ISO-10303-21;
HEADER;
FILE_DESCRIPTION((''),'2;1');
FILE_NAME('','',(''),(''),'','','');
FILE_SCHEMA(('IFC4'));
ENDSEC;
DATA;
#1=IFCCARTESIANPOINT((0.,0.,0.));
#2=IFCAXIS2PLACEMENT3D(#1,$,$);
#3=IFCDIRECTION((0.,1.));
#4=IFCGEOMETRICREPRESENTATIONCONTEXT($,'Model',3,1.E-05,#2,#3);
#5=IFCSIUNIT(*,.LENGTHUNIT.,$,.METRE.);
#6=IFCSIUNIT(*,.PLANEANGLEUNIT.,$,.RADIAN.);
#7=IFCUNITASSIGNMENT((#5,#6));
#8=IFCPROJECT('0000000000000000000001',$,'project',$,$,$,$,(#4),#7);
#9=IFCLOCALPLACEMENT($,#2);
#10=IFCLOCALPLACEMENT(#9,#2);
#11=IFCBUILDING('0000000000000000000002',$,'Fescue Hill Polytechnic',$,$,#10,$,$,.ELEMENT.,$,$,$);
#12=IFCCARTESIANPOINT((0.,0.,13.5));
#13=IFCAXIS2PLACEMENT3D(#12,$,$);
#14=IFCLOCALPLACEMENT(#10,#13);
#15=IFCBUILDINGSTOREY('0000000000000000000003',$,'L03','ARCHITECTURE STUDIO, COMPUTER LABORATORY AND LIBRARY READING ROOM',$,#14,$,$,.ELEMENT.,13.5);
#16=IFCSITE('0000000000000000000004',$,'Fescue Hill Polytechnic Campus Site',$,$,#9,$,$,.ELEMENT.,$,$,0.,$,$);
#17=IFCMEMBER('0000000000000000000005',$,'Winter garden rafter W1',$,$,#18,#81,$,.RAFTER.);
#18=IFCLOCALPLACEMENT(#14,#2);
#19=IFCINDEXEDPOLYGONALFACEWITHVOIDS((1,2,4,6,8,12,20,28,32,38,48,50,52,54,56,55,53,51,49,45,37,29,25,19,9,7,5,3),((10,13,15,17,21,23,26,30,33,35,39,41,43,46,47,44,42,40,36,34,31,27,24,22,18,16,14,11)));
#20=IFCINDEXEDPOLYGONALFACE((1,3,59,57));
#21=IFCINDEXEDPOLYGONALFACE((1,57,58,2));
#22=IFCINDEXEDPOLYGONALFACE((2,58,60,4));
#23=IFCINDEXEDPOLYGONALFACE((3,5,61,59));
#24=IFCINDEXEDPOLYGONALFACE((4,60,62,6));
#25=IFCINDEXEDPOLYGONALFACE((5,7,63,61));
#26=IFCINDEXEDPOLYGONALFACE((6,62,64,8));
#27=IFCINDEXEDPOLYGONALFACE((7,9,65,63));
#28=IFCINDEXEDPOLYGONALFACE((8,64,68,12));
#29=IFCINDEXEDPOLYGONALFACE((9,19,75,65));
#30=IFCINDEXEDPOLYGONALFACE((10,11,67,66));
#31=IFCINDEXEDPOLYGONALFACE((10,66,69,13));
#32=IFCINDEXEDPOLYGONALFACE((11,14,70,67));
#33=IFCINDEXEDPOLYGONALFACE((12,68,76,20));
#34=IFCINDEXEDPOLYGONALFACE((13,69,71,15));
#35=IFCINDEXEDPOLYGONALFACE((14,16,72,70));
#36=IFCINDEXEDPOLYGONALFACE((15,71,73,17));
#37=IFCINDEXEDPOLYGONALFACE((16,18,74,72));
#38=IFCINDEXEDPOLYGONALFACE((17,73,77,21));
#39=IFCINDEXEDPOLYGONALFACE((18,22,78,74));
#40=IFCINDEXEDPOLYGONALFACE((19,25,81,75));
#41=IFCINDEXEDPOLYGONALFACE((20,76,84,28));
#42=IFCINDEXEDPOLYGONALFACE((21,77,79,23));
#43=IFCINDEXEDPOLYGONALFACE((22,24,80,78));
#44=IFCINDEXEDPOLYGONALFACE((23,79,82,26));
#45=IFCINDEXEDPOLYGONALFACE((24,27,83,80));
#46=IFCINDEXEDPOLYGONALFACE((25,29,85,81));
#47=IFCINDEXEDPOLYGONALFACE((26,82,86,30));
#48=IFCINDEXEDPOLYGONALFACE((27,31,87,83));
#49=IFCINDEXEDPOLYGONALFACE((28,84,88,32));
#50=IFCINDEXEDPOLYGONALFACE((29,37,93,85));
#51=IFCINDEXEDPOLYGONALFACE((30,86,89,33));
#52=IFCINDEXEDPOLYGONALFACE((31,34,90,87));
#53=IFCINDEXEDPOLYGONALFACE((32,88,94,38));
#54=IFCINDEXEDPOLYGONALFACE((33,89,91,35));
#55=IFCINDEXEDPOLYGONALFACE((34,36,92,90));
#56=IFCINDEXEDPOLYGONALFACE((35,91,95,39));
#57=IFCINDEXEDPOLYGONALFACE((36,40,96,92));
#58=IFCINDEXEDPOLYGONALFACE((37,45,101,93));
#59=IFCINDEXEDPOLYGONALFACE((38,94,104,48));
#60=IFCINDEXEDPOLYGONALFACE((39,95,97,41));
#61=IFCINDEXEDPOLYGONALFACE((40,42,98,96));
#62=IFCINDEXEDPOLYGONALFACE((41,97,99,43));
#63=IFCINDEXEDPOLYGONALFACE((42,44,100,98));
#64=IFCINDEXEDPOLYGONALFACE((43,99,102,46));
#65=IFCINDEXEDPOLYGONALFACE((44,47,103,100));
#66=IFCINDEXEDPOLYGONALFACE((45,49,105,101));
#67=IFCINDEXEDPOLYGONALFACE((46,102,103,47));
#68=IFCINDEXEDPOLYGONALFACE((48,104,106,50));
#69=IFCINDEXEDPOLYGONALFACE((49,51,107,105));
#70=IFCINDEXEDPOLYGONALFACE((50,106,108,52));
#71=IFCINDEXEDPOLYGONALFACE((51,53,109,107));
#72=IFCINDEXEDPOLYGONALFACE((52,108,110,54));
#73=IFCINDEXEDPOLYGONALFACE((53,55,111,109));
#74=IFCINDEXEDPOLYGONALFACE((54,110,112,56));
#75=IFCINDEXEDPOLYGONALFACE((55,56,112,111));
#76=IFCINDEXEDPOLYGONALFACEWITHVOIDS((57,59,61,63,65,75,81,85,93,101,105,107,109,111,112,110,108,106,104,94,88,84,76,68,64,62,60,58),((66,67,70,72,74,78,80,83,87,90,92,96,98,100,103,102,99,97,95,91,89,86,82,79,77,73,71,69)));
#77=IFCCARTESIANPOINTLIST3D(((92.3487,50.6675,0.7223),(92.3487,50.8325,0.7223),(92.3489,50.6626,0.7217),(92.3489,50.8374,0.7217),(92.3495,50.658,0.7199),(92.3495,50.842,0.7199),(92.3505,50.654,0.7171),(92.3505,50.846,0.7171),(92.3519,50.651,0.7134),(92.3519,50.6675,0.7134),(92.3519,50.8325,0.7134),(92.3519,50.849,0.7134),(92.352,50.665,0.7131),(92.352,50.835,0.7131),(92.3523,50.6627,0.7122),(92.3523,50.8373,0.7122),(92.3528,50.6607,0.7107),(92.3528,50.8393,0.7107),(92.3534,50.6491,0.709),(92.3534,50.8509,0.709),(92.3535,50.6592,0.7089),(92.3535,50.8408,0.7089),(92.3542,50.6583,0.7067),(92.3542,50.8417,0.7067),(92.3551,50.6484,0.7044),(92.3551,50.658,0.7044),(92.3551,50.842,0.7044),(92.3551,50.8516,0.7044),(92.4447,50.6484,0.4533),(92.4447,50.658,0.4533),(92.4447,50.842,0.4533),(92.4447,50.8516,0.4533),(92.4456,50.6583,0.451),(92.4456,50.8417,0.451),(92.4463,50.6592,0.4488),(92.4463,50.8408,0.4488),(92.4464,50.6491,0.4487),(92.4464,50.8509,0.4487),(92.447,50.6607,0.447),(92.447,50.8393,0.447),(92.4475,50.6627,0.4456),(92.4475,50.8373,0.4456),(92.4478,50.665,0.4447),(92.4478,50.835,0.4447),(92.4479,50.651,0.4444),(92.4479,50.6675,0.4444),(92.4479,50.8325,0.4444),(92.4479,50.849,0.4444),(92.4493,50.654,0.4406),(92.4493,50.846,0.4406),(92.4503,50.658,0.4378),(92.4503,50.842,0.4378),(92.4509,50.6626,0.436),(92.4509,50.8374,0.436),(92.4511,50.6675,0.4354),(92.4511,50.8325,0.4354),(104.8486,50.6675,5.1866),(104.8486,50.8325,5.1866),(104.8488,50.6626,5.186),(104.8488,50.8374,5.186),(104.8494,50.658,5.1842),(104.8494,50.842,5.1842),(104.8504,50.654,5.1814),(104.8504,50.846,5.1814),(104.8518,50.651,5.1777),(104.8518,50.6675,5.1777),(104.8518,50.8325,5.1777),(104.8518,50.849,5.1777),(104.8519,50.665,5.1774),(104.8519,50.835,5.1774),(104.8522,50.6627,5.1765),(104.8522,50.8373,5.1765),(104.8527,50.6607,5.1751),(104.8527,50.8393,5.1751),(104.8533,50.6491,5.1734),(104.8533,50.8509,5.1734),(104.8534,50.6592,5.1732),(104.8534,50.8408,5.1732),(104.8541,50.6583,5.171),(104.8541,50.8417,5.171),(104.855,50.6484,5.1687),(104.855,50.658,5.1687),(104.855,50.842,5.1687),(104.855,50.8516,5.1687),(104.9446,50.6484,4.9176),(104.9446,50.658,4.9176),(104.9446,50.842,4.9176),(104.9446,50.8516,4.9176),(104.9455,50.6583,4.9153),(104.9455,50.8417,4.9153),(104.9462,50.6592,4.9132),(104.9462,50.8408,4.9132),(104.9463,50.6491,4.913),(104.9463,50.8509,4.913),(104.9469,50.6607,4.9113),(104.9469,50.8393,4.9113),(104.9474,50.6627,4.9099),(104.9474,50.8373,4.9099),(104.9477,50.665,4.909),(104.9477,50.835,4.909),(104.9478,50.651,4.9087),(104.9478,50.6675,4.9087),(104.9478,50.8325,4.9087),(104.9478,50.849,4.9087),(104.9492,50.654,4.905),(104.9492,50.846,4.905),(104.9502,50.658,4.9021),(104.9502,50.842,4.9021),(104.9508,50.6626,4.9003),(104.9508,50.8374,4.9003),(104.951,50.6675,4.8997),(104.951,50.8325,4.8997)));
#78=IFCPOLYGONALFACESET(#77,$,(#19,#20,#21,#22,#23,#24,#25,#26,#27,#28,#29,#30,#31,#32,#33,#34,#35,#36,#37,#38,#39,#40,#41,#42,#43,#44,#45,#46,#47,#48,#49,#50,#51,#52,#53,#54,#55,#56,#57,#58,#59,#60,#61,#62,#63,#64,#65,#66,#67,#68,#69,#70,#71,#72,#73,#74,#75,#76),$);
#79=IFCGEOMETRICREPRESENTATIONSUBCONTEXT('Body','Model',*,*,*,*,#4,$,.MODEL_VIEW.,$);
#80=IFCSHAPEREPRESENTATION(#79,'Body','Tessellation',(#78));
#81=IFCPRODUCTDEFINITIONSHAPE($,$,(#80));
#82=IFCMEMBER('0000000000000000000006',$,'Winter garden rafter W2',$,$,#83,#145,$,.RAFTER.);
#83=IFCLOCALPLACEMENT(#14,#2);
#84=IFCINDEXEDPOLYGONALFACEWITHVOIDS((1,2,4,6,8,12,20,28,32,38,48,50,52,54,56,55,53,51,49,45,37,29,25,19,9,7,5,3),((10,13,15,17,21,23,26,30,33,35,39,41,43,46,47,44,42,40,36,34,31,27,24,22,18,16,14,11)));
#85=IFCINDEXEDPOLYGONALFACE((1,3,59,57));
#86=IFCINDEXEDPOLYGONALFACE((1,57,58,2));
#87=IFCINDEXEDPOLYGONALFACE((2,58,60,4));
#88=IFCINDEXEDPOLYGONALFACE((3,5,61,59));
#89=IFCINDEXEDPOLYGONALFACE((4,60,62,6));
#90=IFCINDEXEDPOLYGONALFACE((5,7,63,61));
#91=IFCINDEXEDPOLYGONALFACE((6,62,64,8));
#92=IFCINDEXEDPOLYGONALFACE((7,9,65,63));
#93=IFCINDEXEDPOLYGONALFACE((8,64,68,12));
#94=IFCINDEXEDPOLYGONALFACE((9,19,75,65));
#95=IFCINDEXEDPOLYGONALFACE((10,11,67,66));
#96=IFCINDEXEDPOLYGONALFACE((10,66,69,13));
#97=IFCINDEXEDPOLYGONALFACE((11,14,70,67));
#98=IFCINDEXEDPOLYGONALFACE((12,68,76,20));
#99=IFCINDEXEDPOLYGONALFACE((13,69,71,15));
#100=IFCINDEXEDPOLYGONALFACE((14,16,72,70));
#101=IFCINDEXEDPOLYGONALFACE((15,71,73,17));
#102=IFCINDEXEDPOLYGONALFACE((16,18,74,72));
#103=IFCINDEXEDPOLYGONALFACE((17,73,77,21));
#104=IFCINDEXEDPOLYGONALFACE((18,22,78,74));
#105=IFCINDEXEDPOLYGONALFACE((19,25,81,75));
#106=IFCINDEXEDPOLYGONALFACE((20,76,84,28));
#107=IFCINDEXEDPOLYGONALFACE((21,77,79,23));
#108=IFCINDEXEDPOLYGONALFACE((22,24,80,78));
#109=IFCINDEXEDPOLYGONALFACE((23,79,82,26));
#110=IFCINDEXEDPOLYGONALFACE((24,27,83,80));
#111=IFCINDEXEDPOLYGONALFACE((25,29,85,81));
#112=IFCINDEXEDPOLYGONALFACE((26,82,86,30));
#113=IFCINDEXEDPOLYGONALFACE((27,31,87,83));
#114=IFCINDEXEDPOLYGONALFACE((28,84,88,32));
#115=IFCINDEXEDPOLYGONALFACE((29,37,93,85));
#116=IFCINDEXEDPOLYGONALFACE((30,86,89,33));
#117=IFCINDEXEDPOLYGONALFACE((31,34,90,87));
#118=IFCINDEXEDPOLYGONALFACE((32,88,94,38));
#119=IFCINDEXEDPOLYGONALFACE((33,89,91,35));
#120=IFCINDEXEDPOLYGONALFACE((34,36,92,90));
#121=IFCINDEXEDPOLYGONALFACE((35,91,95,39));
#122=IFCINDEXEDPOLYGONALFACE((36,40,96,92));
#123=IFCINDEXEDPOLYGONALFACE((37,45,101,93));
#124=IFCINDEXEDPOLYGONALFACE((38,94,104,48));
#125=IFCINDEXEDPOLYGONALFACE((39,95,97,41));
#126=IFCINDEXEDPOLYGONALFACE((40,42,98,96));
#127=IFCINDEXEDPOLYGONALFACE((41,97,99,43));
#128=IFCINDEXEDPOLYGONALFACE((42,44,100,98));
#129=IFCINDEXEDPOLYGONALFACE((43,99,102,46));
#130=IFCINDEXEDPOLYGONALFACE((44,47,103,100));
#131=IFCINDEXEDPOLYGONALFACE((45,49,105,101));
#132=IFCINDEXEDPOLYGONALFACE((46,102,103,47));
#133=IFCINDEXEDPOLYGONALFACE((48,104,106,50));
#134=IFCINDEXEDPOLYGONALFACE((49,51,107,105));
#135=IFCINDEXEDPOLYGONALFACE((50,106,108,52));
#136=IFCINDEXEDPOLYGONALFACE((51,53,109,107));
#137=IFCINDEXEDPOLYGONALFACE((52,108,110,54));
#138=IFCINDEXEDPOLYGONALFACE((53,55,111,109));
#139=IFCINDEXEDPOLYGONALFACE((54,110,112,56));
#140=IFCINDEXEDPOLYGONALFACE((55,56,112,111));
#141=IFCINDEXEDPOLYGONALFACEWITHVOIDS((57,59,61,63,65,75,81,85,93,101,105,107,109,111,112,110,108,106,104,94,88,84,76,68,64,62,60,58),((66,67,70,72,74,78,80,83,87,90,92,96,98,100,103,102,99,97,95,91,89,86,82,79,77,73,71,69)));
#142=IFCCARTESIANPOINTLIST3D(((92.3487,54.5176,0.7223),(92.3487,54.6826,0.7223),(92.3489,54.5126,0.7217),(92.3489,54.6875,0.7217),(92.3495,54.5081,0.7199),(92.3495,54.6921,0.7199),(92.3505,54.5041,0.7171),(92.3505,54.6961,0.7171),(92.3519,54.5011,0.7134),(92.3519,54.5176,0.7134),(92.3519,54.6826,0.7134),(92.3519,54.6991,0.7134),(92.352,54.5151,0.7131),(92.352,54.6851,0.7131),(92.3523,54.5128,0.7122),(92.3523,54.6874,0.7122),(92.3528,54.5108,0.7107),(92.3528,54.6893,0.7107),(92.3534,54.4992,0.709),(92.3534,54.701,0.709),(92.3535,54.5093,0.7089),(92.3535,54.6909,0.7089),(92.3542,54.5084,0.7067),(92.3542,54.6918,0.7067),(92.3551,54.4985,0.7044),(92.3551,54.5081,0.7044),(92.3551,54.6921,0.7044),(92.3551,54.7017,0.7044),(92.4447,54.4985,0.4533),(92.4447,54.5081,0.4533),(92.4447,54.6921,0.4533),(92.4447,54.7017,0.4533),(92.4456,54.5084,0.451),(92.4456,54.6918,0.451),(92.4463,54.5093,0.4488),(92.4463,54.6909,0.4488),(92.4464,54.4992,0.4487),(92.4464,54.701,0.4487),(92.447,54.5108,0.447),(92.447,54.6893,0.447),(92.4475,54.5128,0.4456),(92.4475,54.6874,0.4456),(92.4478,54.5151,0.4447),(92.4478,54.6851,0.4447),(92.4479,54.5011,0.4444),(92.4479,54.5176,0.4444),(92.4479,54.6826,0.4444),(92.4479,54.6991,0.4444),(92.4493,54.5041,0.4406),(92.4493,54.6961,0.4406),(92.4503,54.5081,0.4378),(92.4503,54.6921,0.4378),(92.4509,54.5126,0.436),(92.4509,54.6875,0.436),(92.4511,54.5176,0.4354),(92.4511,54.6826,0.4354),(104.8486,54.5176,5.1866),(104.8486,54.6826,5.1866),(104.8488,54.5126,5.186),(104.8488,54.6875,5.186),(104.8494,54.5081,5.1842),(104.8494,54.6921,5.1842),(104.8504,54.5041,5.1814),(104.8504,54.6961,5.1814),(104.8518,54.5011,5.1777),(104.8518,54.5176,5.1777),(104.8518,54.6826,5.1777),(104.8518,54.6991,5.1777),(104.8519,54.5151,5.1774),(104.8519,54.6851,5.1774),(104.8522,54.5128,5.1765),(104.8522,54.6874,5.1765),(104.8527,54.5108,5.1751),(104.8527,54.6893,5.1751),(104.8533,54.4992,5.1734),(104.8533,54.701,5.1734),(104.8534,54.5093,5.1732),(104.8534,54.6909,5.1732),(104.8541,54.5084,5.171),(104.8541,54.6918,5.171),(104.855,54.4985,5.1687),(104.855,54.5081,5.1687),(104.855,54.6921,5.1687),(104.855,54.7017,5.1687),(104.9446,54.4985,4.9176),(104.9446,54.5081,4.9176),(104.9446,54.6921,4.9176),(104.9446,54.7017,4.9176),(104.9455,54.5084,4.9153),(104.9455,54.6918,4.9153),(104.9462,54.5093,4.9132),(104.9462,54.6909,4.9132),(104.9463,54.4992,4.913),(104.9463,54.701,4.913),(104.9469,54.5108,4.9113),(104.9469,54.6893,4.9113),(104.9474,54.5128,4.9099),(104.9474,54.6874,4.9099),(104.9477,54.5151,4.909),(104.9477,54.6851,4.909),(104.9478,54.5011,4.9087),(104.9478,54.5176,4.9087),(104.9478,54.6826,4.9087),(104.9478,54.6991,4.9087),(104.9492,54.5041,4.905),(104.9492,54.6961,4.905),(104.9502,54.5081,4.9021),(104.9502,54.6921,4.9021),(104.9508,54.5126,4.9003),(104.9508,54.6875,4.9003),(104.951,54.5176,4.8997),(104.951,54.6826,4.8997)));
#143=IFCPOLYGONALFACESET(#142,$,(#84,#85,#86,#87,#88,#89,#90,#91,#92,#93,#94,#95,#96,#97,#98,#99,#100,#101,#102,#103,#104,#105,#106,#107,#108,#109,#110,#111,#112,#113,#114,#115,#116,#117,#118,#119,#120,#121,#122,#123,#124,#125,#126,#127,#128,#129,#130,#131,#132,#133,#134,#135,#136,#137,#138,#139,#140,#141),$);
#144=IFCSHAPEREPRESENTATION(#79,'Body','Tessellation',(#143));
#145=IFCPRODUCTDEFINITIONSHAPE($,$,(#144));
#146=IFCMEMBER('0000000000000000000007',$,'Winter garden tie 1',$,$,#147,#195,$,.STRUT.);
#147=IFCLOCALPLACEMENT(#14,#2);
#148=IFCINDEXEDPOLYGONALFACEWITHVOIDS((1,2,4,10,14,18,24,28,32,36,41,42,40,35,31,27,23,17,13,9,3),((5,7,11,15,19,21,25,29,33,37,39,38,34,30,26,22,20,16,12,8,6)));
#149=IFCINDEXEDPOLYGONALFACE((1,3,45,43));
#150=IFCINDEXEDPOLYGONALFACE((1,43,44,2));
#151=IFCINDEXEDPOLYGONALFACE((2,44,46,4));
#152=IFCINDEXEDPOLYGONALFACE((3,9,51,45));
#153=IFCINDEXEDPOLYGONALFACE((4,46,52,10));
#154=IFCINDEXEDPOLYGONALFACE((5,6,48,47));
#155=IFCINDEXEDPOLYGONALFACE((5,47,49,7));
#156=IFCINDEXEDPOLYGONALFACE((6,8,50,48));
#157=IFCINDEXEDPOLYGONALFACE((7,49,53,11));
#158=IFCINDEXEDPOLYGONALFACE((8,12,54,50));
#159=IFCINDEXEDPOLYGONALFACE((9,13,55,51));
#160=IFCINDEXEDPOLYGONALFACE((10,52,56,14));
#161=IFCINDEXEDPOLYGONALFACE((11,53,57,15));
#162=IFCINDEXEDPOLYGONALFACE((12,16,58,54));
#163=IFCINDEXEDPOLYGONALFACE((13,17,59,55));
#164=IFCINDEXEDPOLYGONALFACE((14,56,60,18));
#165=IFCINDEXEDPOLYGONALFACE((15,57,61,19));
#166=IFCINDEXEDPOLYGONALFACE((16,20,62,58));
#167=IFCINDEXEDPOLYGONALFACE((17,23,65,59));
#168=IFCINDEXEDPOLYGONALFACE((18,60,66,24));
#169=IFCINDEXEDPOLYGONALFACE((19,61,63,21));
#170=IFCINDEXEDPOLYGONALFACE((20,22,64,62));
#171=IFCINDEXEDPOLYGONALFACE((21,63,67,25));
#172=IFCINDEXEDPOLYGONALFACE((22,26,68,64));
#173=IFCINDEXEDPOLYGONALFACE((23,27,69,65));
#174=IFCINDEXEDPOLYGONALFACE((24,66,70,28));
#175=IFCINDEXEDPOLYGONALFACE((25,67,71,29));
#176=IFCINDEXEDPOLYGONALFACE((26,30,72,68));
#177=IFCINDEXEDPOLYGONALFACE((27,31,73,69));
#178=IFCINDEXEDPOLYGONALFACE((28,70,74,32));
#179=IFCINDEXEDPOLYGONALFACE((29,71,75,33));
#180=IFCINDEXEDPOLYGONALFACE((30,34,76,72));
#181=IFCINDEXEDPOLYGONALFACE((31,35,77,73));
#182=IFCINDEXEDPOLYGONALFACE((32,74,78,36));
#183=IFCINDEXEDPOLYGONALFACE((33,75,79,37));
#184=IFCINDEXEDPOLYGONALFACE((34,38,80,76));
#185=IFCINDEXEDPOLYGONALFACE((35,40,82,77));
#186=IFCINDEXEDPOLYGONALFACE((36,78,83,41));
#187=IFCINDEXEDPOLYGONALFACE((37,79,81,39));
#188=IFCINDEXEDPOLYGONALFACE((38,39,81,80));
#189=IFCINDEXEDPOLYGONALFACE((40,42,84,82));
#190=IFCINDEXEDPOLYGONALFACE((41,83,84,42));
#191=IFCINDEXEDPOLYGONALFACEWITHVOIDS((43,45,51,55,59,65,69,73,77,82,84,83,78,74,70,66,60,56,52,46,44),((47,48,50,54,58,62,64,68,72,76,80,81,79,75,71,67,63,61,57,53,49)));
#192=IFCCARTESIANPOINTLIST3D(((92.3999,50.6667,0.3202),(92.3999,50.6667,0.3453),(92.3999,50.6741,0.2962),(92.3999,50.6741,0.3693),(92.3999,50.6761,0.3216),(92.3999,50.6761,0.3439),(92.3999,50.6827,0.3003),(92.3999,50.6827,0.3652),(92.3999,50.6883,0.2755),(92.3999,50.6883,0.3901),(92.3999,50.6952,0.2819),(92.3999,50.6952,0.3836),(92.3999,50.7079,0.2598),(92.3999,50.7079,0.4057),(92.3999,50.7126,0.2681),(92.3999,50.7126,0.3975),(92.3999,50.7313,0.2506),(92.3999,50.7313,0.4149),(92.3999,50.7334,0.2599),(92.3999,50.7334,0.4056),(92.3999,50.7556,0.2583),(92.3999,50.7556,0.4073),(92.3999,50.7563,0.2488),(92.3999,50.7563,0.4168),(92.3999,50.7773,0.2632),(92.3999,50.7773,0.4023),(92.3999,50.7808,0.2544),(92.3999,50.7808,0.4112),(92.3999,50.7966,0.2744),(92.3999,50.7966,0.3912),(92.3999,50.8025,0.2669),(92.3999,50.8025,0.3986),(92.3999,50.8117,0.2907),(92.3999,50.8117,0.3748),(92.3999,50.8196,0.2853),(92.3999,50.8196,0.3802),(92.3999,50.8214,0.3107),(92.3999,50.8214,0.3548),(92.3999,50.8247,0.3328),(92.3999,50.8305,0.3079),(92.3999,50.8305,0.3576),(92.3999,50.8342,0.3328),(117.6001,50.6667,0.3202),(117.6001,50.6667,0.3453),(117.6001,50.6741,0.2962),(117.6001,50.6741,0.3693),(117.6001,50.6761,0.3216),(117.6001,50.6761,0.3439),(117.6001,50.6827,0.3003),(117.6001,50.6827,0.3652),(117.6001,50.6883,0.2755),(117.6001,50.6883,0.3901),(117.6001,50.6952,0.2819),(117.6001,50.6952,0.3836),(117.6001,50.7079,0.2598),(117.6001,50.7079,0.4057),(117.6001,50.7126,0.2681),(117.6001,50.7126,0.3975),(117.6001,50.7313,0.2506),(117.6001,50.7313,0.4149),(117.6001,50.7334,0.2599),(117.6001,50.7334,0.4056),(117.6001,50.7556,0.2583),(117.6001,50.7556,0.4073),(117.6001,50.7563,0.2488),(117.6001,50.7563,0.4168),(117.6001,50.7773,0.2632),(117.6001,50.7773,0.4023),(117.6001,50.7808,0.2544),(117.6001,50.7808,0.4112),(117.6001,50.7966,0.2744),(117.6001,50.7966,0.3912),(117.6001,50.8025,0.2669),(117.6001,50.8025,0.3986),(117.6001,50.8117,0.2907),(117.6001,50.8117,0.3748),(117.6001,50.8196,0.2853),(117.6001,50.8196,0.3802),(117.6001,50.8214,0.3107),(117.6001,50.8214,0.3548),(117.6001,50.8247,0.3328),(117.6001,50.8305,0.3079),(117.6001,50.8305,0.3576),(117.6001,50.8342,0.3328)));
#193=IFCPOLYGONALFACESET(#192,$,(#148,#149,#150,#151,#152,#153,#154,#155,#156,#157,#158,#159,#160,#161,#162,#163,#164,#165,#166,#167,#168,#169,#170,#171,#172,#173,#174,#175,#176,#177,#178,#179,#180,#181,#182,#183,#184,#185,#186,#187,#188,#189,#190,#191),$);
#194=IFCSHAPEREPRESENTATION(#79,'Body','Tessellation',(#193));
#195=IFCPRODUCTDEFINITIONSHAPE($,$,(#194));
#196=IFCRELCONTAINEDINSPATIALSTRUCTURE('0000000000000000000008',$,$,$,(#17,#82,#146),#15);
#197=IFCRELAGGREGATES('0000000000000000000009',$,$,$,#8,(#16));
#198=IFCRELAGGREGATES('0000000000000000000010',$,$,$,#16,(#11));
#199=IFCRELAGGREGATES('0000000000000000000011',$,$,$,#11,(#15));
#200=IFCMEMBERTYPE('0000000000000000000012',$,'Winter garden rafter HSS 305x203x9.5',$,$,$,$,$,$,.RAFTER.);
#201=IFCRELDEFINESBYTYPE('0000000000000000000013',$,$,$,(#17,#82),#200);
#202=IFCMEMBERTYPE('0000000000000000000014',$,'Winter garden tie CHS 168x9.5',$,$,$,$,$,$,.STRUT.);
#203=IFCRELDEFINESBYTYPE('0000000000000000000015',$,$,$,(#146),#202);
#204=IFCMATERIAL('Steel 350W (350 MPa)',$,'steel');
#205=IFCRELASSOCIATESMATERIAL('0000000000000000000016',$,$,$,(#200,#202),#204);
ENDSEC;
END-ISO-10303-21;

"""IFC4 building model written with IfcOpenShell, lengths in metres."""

from ifc_helpers import new_model, si_unit, direction, frame, origin, origin_2d, place, context, subcontext, project, spatial, hollow_rectangle, hollow_circle, extrude, material, material_profile, profile_set, type_object, element, save


model = new_model("IFC4")

# Units and contexts
model_context = context("Model", 3, precision=1e-05, world=origin(), true_north=direction((0.0, 1.0)))
body_context = subcontext(model_context, "Body", "Model", "MODEL_VIEW")
ifc_project = project(units=[si_unit("LENGTHUNIT", "METRE"), si_unit("PLANEANGLEUNIT", "RADIAN")], contexts=[model_context])

# Site, building, storey
site_placement = place(None, origin())
site = spatial("IfcSite", under=ifc_project, at=site_placement, Name="Fescue Hill Polytechnic Campus Site", CompositionType="ELEMENT", RefElevation=0.0)
building_placement = place(site_placement, origin())
building = spatial("IfcBuilding", under=site, at=building_placement, Name="Fescue Hill Polytechnic", CompositionType="ELEMENT")
storey_placement = place(building_placement, frame((0.0, 0.0, 13.5)))
storey = spatial("IfcBuildingStorey", under=building, at=storey_placement, Name="L03", Description="ARCHITECTURE STUDIO, COMPUTER LABORATORY AND LIBRARY READING ROOM", CompositionType="ELEMENT", Elevation=13.5)

# Members
ifc_material_1 = material(Name="Steel 350W (350 MPa)", Category="steel")
ifc_material_profile_1 = material_profile(ifc_material_1, hollow_rectangle(XDim=0.2031, YDim=0.3047, WallThickness=0.0095, InnerFilletRadius=0.0095, OuterFilletRadius=0.019, at=origin_2d()), Name="Winter garden rafter HSS 305x203x9.5")
ifc_profile_set_1 = profile_set([ifc_material_profile_1], Name="Steel 350W (350 MPa)")
member_type_1 = type_object("IfcMemberType", Name="Winter garden rafter HSS 305x203x9.5", PredefinedType="RAFTER", material=ifc_profile_set_1)
for number, where, z_axis, x_axis, name in (
    (1, (92.3999, 50.75, 0.5789), (0.94174, 0.0, 0.336341), (0.0, 1.0, 0.0), "Winter garden rafter W1"),
    (2, (92.3999, 54.6001, 0.5789), (0.94174, 0.0, 0.336341), (0.0, 1.0, 0.0), "Winter garden rafter W2"),
):
    element("IfcMember", number, at=place(storey_placement, frame(where, z_axis=z_axis, x_axis=x_axis)), inside=storey, type_object=member_type_1, Name=name, PredefinedType="RAFTER", context=body_context, shape_type="SweptSolid", body=[
        extrude(hollow_rectangle(XDim=0.2031, YDim=0.3047, WallThickness=0.0095, InnerFilletRadius=0.0095, OuterFilletRadius=0.019, at=origin_2d()), origin(), (0.0, 0.0, 1.0), 13.2732),
    ])
ifc_material_profile_2 = material_profile(ifc_material_1, hollow_circle(Radius=0.0842, WallThickness=0.0095, at=origin_2d()), Name="Winter garden tie CHS 168x9.5")
ifc_profile_set_2 = profile_set([ifc_material_profile_2], Name="Steel 350W (350 MPa)")
member_type_2 = type_object("IfcMemberType", Name="Winter garden tie CHS 168x9.5", PredefinedType="STRUT", material=ifc_profile_set_2)
for number, where, z_axis, x_axis, name in (
    (3, (92.3999, 50.75, 0.3328), (1.0, 0.0, 0.0), (0.0, 1.0, 0.0), "Winter garden tie 1"),
):
    element("IfcMember", number, at=place(storey_placement, frame(where, z_axis=z_axis, x_axis=x_axis)), inside=storey, type_object=member_type_2, Name=name, PredefinedType="STRUT", context=body_context, shape_type="SweptSolid", body=[
        extrude(hollow_circle(Radius=0.0842, WallThickness=0.0095, at=origin_2d()), origin(), (0.0, 0.0, 1.0), 25.2002),
    ])

save(model, "model.ifc")
